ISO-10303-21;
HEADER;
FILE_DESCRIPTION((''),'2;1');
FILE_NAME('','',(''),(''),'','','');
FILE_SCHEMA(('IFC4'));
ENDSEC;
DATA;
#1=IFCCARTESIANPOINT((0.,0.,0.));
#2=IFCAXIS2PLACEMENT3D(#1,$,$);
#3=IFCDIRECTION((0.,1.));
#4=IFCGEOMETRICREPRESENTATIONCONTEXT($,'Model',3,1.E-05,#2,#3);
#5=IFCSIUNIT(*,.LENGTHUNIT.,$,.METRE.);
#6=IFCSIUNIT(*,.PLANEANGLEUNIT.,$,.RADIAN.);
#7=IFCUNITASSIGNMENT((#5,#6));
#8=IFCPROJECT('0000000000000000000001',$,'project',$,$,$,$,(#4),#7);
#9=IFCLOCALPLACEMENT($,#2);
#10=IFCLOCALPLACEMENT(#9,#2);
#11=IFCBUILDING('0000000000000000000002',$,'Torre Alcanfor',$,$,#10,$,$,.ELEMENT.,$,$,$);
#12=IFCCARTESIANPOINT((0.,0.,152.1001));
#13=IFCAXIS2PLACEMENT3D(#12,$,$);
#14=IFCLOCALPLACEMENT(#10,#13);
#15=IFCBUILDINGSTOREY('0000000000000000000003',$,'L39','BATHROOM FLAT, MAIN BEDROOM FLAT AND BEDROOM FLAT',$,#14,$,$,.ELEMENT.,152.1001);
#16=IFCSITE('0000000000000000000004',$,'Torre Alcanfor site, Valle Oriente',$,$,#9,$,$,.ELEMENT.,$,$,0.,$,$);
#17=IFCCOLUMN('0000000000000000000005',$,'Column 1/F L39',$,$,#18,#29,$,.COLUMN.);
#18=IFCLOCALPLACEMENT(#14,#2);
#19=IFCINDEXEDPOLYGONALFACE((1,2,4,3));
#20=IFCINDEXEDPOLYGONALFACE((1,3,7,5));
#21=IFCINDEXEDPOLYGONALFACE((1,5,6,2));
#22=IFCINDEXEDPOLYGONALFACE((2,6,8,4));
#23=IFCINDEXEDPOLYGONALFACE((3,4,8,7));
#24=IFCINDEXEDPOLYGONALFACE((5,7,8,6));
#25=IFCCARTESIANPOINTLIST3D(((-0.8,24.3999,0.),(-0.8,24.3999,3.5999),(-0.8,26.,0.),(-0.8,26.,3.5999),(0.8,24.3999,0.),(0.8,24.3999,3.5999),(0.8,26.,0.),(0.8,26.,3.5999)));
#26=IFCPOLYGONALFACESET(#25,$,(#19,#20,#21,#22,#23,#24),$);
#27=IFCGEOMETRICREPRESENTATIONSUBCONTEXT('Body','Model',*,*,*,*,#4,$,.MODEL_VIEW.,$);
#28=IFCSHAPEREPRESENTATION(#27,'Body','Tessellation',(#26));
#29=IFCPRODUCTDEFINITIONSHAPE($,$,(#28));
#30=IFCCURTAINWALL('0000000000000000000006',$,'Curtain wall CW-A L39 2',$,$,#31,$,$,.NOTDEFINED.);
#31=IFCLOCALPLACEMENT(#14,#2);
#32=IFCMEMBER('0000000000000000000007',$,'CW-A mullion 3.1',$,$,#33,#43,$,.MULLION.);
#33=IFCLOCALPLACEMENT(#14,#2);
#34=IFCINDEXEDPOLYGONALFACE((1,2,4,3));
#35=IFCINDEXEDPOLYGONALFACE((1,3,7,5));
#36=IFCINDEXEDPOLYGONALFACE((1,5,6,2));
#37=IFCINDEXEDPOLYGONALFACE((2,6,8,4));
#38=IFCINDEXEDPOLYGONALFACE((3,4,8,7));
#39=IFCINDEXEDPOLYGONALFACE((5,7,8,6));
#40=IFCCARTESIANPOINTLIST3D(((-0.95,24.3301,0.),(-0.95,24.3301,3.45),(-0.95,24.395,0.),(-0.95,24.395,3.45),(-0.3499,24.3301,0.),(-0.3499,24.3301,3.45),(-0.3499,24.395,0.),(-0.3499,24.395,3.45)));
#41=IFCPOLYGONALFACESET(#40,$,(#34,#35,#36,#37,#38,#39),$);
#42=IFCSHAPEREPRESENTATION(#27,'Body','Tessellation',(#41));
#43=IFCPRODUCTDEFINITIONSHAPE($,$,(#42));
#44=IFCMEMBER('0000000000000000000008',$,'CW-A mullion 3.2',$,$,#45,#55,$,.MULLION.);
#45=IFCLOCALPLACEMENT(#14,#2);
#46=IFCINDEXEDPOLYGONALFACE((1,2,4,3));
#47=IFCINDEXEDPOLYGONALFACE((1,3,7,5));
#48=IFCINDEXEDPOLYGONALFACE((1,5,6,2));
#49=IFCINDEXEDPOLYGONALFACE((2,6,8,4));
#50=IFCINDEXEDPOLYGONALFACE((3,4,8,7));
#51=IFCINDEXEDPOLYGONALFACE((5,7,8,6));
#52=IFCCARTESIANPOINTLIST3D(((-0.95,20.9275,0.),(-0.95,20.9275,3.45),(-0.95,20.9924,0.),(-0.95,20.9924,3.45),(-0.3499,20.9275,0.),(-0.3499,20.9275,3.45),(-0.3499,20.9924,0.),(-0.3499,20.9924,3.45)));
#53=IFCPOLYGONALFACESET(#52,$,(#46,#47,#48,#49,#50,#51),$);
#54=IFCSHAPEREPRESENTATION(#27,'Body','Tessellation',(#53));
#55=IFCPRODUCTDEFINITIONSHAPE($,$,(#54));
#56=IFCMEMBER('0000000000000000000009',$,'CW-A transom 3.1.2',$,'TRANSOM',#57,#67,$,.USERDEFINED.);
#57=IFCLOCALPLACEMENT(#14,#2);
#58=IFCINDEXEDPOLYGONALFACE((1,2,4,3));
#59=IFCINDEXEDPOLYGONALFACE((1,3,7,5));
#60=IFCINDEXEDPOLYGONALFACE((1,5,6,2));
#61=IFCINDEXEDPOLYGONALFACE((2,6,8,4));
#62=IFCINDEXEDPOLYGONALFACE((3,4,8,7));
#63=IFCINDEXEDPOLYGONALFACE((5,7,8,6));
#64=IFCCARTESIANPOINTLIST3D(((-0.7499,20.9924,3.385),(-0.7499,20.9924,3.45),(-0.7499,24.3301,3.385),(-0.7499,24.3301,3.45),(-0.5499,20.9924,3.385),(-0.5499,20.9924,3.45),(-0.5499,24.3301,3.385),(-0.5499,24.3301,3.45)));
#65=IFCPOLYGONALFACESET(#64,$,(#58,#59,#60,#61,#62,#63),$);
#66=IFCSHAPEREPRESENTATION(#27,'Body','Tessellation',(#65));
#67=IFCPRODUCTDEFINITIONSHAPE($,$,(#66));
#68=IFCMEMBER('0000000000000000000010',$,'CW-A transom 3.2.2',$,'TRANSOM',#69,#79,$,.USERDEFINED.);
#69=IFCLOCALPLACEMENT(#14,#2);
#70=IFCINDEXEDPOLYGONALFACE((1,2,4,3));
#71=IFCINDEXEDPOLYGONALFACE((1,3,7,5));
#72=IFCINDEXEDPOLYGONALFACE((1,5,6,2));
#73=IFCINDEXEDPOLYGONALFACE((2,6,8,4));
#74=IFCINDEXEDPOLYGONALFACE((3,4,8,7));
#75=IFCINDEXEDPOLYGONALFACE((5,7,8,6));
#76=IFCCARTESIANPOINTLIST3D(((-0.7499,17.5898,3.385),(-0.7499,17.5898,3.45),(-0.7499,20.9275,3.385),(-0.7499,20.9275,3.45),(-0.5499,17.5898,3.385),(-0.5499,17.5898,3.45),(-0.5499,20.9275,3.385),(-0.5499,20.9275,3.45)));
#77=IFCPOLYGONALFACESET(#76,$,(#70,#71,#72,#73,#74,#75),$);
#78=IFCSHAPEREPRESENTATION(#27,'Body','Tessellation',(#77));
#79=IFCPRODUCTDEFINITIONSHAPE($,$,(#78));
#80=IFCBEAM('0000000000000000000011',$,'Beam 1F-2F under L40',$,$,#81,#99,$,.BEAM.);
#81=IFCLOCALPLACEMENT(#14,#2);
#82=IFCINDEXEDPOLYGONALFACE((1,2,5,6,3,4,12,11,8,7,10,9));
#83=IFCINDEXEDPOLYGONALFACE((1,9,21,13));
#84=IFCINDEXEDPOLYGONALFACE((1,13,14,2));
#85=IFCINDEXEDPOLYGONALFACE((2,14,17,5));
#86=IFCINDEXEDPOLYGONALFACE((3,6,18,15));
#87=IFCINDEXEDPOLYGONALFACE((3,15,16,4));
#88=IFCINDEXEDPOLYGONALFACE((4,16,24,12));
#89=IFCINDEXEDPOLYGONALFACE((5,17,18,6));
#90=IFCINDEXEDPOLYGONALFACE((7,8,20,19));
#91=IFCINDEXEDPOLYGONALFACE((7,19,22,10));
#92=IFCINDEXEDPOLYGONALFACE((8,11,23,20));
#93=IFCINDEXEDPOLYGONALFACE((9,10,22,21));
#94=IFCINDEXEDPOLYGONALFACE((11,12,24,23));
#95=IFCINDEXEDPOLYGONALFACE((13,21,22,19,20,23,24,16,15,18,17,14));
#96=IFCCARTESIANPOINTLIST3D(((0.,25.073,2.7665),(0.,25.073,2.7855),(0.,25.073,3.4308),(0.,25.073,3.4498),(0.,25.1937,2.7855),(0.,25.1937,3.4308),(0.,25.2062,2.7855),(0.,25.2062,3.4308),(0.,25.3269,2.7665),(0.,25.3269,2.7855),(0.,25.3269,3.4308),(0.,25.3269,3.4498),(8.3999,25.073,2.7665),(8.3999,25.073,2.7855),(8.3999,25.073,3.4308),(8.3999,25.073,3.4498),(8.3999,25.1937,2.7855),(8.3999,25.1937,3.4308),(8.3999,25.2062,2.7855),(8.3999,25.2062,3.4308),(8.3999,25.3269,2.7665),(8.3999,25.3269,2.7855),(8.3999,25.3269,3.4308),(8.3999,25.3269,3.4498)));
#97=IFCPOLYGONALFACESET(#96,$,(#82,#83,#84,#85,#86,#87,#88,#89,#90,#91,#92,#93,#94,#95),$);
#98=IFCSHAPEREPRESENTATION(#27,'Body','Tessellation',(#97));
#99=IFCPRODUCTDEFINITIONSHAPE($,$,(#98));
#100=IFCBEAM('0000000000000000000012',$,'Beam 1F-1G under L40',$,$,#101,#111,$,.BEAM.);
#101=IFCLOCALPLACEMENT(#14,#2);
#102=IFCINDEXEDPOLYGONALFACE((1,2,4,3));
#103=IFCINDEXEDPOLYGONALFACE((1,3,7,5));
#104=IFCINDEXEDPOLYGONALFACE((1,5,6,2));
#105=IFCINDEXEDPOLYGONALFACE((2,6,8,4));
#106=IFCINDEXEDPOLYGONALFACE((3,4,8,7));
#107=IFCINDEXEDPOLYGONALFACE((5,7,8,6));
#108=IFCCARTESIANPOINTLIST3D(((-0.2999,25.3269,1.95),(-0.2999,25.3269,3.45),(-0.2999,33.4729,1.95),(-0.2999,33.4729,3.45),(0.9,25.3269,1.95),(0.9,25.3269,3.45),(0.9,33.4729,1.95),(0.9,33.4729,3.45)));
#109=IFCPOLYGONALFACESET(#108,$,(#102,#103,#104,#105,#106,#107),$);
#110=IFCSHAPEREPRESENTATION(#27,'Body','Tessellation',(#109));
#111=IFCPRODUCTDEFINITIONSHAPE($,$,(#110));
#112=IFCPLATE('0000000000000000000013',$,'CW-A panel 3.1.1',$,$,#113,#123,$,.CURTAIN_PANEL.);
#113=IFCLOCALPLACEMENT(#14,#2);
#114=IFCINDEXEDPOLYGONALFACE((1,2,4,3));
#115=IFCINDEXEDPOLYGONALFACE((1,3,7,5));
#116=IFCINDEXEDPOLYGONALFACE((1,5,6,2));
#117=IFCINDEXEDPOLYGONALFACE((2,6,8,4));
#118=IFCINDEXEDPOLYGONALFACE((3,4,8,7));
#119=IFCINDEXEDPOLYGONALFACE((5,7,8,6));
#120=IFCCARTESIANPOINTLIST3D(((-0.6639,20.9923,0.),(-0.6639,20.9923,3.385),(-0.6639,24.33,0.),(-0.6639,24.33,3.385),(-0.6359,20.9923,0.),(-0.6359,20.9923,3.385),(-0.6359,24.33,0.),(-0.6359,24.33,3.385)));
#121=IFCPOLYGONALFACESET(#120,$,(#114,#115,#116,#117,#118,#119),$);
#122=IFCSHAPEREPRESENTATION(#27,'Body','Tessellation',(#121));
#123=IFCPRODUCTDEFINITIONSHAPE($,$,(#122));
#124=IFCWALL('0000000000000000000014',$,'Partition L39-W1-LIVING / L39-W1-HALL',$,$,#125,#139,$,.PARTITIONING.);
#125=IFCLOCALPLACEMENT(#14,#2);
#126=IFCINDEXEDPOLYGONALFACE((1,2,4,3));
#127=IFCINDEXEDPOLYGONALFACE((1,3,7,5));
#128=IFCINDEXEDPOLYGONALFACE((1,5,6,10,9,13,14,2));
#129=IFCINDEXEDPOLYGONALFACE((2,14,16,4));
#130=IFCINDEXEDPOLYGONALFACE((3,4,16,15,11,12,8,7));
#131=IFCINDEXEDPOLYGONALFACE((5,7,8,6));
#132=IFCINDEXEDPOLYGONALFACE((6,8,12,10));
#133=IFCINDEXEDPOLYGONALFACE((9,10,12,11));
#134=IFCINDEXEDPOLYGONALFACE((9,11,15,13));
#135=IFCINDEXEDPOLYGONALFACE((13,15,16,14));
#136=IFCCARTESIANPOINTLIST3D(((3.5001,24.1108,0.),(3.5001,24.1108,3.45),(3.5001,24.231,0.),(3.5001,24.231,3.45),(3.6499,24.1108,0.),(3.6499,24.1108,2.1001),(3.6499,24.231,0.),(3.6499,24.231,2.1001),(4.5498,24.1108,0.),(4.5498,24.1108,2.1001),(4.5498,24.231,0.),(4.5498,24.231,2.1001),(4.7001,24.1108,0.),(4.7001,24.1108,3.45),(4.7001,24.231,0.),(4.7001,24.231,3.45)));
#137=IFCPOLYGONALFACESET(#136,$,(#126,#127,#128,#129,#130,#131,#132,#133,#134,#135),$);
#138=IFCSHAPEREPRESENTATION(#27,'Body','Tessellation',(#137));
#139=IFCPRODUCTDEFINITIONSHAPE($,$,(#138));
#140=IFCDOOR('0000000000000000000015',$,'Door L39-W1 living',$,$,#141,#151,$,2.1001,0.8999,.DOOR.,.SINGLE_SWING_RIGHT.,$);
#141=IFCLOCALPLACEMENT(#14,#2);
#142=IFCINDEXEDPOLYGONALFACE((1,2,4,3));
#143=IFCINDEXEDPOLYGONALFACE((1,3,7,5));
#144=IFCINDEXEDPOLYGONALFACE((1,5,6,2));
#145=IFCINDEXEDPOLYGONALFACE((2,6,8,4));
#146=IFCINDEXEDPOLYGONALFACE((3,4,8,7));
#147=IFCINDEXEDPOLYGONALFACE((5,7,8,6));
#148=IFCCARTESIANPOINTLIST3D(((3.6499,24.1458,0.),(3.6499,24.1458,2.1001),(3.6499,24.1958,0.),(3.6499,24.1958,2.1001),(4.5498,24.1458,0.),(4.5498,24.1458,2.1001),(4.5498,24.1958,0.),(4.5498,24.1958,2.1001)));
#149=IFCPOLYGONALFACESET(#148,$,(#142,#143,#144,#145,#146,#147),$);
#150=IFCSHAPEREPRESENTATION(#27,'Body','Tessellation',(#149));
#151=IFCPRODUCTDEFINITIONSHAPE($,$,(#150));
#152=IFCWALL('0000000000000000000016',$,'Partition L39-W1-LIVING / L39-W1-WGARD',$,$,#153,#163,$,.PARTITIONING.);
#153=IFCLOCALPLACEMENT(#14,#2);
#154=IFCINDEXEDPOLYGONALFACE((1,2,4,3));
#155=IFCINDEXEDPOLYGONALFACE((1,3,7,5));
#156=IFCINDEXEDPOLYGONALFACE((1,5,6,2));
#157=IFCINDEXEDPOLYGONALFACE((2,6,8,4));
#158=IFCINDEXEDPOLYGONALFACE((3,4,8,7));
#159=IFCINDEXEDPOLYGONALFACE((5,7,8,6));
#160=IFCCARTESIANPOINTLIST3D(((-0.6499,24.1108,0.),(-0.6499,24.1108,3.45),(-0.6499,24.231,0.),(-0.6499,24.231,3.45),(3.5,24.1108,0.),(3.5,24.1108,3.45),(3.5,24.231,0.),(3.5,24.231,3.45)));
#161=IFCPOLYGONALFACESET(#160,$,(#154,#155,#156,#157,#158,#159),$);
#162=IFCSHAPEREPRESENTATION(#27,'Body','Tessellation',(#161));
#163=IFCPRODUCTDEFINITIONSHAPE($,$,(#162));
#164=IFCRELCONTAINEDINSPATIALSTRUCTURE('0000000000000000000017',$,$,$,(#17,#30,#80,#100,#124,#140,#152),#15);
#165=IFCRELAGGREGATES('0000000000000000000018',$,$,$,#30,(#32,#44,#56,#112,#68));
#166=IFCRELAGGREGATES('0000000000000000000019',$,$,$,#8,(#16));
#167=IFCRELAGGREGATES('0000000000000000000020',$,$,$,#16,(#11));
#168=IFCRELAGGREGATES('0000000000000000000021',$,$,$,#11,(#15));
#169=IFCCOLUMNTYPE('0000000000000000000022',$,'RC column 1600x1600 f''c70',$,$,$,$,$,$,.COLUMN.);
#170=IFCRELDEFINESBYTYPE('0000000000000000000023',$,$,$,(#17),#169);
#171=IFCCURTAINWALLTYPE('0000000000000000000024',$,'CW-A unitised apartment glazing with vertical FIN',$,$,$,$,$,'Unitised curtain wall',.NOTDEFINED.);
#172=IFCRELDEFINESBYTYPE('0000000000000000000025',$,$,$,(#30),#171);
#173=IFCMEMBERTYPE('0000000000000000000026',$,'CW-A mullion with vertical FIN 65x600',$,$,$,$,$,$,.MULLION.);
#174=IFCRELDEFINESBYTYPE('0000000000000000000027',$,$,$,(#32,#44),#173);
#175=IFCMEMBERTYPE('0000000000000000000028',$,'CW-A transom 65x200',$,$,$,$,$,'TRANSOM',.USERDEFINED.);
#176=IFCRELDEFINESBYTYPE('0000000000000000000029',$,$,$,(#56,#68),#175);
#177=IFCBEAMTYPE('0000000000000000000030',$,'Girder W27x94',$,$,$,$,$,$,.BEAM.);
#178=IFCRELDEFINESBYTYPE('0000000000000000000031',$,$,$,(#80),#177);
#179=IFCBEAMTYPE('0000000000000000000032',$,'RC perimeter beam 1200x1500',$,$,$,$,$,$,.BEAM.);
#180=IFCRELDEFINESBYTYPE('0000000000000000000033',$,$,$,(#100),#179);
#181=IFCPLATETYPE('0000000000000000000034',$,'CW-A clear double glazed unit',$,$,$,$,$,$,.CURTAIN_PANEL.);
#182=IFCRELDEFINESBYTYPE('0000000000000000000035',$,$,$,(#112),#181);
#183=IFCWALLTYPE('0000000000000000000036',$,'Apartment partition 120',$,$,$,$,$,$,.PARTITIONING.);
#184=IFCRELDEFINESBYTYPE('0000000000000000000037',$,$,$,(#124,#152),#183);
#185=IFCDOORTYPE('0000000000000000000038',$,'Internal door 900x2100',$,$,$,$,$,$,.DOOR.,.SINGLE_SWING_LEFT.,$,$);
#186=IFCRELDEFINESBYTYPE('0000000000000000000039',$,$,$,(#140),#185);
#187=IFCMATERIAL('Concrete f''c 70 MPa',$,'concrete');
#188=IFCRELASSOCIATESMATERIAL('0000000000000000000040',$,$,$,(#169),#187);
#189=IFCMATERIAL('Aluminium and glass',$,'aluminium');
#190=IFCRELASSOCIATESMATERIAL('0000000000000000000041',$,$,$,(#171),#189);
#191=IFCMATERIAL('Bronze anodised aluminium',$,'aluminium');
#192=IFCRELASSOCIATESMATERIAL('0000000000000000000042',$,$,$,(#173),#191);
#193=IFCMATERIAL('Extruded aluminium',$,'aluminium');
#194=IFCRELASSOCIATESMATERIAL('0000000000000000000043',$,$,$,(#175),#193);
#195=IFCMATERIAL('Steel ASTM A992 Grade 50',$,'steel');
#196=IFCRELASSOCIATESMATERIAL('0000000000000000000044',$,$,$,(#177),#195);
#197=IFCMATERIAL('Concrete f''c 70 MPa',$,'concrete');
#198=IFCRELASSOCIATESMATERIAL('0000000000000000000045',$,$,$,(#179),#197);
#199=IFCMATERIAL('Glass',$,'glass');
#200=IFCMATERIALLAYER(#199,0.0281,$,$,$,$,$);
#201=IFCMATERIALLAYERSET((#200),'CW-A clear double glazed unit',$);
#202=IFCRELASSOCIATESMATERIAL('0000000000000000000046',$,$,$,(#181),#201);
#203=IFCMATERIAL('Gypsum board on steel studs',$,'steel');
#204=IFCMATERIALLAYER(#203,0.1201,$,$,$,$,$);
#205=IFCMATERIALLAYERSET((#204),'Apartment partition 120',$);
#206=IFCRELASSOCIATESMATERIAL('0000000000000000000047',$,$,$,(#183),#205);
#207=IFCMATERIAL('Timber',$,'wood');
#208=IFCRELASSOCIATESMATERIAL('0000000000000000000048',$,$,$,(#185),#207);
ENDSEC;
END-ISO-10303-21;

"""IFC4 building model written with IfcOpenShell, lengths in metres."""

from ifc_helpers import new_model, si_unit, direction, frame, frame_2d, origin, origin_2d, place, context, subcontext, project, spatial, rectangle, i_section, extrude, material, layer, layer_set, material_profile, profile_set, type_object, element, fill, aggregate, save


model = new_model("IFC4")

# Units and contexts
model_context = context("Model", 3, precision=1e-05, world=origin(), true_north=direction((0.0, 1.0)))
body_context = subcontext(model_context, "Body", "Model", "MODEL_VIEW")
ifc_project = project(units=[si_unit("LENGTHUNIT", "METRE"), si_unit("PLANEANGLEUNIT", "RADIAN")], contexts=[model_context])

# Site, building, storey
site_placement = place(None, origin())
site = spatial("IfcSite", under=ifc_project, at=site_placement, Name="Torre Alcanfor site, Valle Oriente", CompositionType="ELEMENT", RefElevation=0.0)
building_placement = place(site_placement, origin())
building = spatial("IfcBuilding", under=site, at=building_placement, Name="Torre Alcanfor", CompositionType="ELEMENT")
storey_placement = place(building_placement, frame((0.0, 0.0, 152.1001)))
storey = spatial("IfcBuildingStorey", under=building, at=storey_placement, Name="L39", Description="BATHROOM FLAT, MAIN BEDROOM FLAT AND BEDROOM FLAT", CompositionType="ELEMENT", Elevation=152.1001)

# Column
ifc_material_1 = material(Name="Concrete f'c 70 MPa", Category="concrete")
ifc_material_profile_1 = material_profile(ifc_material_1, rectangle(XDim=1.6001, YDim=1.6001, at=origin_2d()), Name="1600x1600")
ifc_profile_set_1 = profile_set([ifc_material_profile_1], Name="Concrete f'c 70 MPa")
column_type = type_object("IfcColumnType", Name="RC column 1600x1600 f'c70", PredefinedType="COLUMN", material=ifc_profile_set_1)
column_placement = place(storey_placement, frame((0.0, 25.2, 0.0), z_axis=(0.0, 0.0, 1.0), x_axis=(1.0, 0.0, 0.0)))
element("IfcColumn", 1, at=column_placement, inside=storey, type_object=column_type, Name="Column 1/F L39", PredefinedType="COLUMN", context=body_context, shape_type="SweptSolid", body=[
    extrude(rectangle(XDim=1.6001, YDim=1.6001, at=origin_2d()), origin(), (0.0, 0.0, 1.0), 3.5999),
])

# Curtain wall, members
ifc_material_2 = material(Name="Aluminium and glass", Category="aluminium")
curtain_wall_type = type_object("IfcCurtainWallType", Name="CW-A unitised apartment glazing with vertical FIN", ElementType="Unitised curtain wall", PredefinedType="NOTDEFINED", material=ifc_material_2)
curtain_wall_placement = place(storey_placement, origin())
curtain_wall = element("IfcCurtainWall", 2, at=curtain_wall_placement, inside=storey, type_object=curtain_wall_type, Name="Curtain wall CW-A L39 2", PredefinedType="NOTDEFINED")
ifc_material_3 = material(Name="Bronze anodised aluminium", Category="aluminium")
ifc_material_profile_2 = material_profile(ifc_material_3, rectangle(XDim=0.6001, YDim=0.0649, at=origin_2d()), Name="CW-A mullion 65x600")
ifc_profile_set_2 = profile_set([ifc_material_profile_2], Name="Bronze anodised aluminium")
member_type_1 = type_object("IfcMemberType", Name="CW-A mullion with vertical FIN 65x600", PredefinedType="MULLION", material=ifc_profile_set_2)
member_1_placement = place(storey_placement, frame((-0.6499, 24.3625, 0.0), z_axis=(0.0, 0.0, 1.0), x_axis=(1.0, 0.0, 0.0)))
member_1 = element("IfcMember", 3, at=member_1_placement, type_object=member_type_1, Name="CW-A mullion 3.1", PredefinedType="MULLION", context=body_context, shape_type="SweptSolid", body=[
    extrude(rectangle(XDim=0.6001, YDim=0.0649, at=origin_2d()), origin(), (0.0, 0.0, 1.0), 3.45),
])
member_2_placement = place(storey_placement, frame((-0.6499, 20.96, 0.0), z_axis=(0.0, 0.0, 1.0), x_axis=(1.0, 0.0, 0.0)))
member_2 = element("IfcMember", 4, at=member_2_placement, type_object=member_type_1, Name="CW-A mullion 3.2", PredefinedType="MULLION", context=body_context, shape_type="SweptSolid", body=[
    extrude(rectangle(XDim=0.6001, YDim=0.0649, at=origin_2d()), origin(), (0.0, 0.0, 1.0), 3.45),
])
ifc_material_4 = material(Name="Extruded aluminium", Category="aluminium")
ifc_material_profile_3 = material_profile(ifc_material_4, rectangle(XDim=0.2, YDim=0.0649, at=origin_2d()), Name="CW-A transom 200x65")
ifc_profile_set_3 = profile_set([ifc_material_profile_3], Name="Extruded aluminium")
member_type_2 = type_object("IfcMemberType", Name="CW-A transom 65x200", ElementType="TRANSOM", PredefinedType="USERDEFINED", material=ifc_profile_set_3)
member_3_placement = place(storey_placement, frame((-0.6499, 24.3301, 3.4175), z_axis=(0.0, -1.0, 0.0), x_axis=(1.0, 0.0, 0.0)))
member_3 = element("IfcMember", 5, at=member_3_placement, type_object=member_type_2, Name="CW-A transom 3.1.2", ObjectType="TRANSOM", PredefinedType="USERDEFINED", context=body_context, shape_type="SweptSolid", body=[
    extrude(rectangle(XDim=0.2, YDim=0.0649, at=origin_2d()), origin(), (0.0, 0.0, 1.0), 3.3376),
])
member_4_placement = place(storey_placement, frame((-0.6499, 20.9275, 3.4175), z_axis=(0.0, -1.0, 0.0), x_axis=(1.0, 0.0, 0.0)))
member_4 = element("IfcMember", 6, at=member_4_placement, type_object=member_type_2, Name="CW-A transom 3.2.2", ObjectType="TRANSOM", PredefinedType="USERDEFINED", context=body_context, shape_type="SweptSolid", body=[
    extrude(rectangle(XDim=0.2, YDim=0.0649, at=origin_2d()), origin(), (0.0, 0.0, 1.0), 3.3376),
])

# Beams
ifc_material_5 = material(Name="Steel ASTM A992 Grade 50", Category="steel")
ifc_material_profile_4 = material_profile(ifc_material_5, i_section(OverallWidth=0.2539, OverallDepth=0.6833, WebThickness=0.0125, FlangeThickness=0.019, at=origin_2d()), Name="W27x94")
ifc_profile_set_4 = profile_set([ifc_material_profile_4], Name="Steel ASTM A992 Grade 50")
beam_type_1 = type_object("IfcBeamType", Name="Girder W27x94", PredefinedType="BEAM", material=ifc_profile_set_4)
beam_1_placement = place(storey_placement, frame((0.0, 25.2, 3.1082), z_axis=(1.0, 0.0, 0.0), x_axis=(0.0, 1.0, 0.0)))
element("IfcBeam", 7, at=beam_1_placement, inside=storey, type_object=beam_type_1, Name="Beam 1F-2F under L40", PredefinedType="BEAM", context=body_context, shape_type="SweptSolid", body=[
    extrude(i_section(OverallWidth=0.2539, OverallDepth=0.6833, WebThickness=0.0125, FlangeThickness=0.019, at=origin_2d()), origin(), (0.0, 0.0, 1.0), 8.3999),
])
ifc_material_6 = material(Name="Concrete f'c 70 MPa", Category="concrete")
ifc_material_profile_5 = material_profile(ifc_material_6, rectangle(XDim=1.2, YDim=1.5, at=origin_2d()), Name="1200x1500")
ifc_profile_set_5 = profile_set([ifc_material_profile_5], Name="Concrete f'c 70 MPa")
beam_type_2 = type_object("IfcBeamType", Name="RC perimeter beam 1200x1500", PredefinedType="BEAM", material=ifc_profile_set_5)
beam_2_placement = place(storey_placement, frame((0.3, 25.3269, 2.7), z_axis=(0.0, 1.0, 0.0), x_axis=(-1.0, 0.0, 0.0)))
element("IfcBeam", 8, at=beam_2_placement, inside=storey, type_object=beam_type_2, Name="Beam 1F-1G under L40", PredefinedType="BEAM", context=body_context, shape_type="SweptSolid", body=[
    extrude(rectangle(XDim=1.2, YDim=1.5, at=origin_2d()), origin(), (0.0, 0.0, 1.0), 8.146),
])

# Plate
ifc_material_7 = material(Name="Glass", Category="glass")
ifc_layer_1 = layer(ifc_material_7, 0.0281)
ifc_layer_set_1 = layer_set([ifc_layer_1], Name="CW-A clear double glazed unit")
plate_type = type_object("IfcPlateType", Name="CW-A clear double glazed unit", PredefinedType="CURTAIN_PANEL", material=ifc_layer_set_1)
plate_placement = place(storey_placement, frame((-0.6499, 22.6611, 0.0), z_axis=(0.0, 0.0, 1.0), x_axis=(0.0, -1.0, 0.0)))
plate = element("IfcPlate", 9, at=plate_placement, type_object=plate_type, Name="CW-A panel 3.1.1", PredefinedType="CURTAIN_PANEL", context=body_context, shape_type="SweptSolid", body=[
    extrude(rectangle(XDim=3.3376, YDim=0.0281, at=origin_2d()), origin(), (0.0, 0.0, 1.0), 3.385),
])
aggregate(curtain_wall, [member_1, member_2, member_3, plate, member_4])

# Wall, opening, door
ifc_material_8 = material(Name="Gypsum board on steel studs", Category="steel")
ifc_layer_2 = layer(ifc_material_8, 0.1201)
ifc_layer_set_2 = layer_set([ifc_layer_2], Name="Apartment partition 120")
wall_type = type_object("IfcWallType", Name="Apartment partition 120", PredefinedType="PARTITIONING", material=ifc_layer_set_2)
wall_1_placement = place(storey_placement, frame((3.5, 24.1709, 0.0), z_axis=(0.0, 0.0, 1.0), x_axis=(1.0, 0.0, 0.0)))
wall_1 = element("IfcWall", 10, at=wall_1_placement, inside=storey, type_object=wall_type, Name="Partition L39-W1-LIVING / L39-W1-HALL", PredefinedType="PARTITIONING", context=body_context, shape_type="SweptSolid", body=[
    extrude(rectangle(XDim=1.2, YDim=0.1201, at=frame_2d((0.6001, 0.0))), origin(), (0.0, 0.0, 1.0), 3.45),
])
opening_1_placement = place(wall_1_placement, frame((0.1499, 0.0, 0.0)))
opening_1 = element("IfcOpeningElement", 11, at=opening_1_placement, cuts=wall_1, PredefinedType="OPENING", context=body_context, shape_type="SweptSolid", body=[
    extrude(rectangle(XDim=0.8999, YDim=2.1001, at=frame_2d((0.45, 1.05))), frame((0.0, 0.0701, 0.0), z_axis=(0.0, -1.0, 0.0), x_axis=(1.0, 0.0, 0.0)), (0.0, 0.0, 1.0), 0.1401),
])
ifc_material_9 = material(Name="Timber", Category="wood")
door_type = type_object("IfcDoorType", Name="Internal door 900x2100", OperationType="SINGLE_SWING_LEFT", PredefinedType="DOOR", material=ifc_material_9)
door_1_placement = place(opening_1_placement, origin())
door_1 = element("IfcDoor", 12, at=door_1_placement, inside=storey, type_object=door_type, Name="Door L39-W1 living", OperationType="SINGLE_SWING_RIGHT", OverallHeight=2.1001, OverallWidth=0.8999, PredefinedType="DOOR", context=body_context, shape_type="SweptSolid", body=[
    extrude(rectangle(XDim=0.8999, YDim=2.1001, at=frame_2d((0.45, 1.05))), frame((0.0, 0.0249, 0.0), z_axis=(0.0, -1.0, 0.0), x_axis=(1.0, 0.0, 0.0)), (0.0, 0.0, 1.0), 0.05),
])
fill(opening_1, door_1)

# Wall
wall_2_placement = place(storey_placement, frame((-0.6499, 24.1709, 0.0), z_axis=(0.0, 0.0, 1.0), x_axis=(1.0, 0.0, 0.0)))
element("IfcWall", 13, at=wall_2_placement, inside=storey, type_object=wall_type, Name="Partition L39-W1-LIVING / L39-W1-WGARD", PredefinedType="PARTITIONING", context=body_context, shape_type="SweptSolid", body=[
    extrude(rectangle(XDim=4.1499, YDim=0.1201, at=frame_2d((2.075, 0.0))), origin(), (0.0, 0.0, 1.0), 3.45),
])

save(model, "model.ifc")
